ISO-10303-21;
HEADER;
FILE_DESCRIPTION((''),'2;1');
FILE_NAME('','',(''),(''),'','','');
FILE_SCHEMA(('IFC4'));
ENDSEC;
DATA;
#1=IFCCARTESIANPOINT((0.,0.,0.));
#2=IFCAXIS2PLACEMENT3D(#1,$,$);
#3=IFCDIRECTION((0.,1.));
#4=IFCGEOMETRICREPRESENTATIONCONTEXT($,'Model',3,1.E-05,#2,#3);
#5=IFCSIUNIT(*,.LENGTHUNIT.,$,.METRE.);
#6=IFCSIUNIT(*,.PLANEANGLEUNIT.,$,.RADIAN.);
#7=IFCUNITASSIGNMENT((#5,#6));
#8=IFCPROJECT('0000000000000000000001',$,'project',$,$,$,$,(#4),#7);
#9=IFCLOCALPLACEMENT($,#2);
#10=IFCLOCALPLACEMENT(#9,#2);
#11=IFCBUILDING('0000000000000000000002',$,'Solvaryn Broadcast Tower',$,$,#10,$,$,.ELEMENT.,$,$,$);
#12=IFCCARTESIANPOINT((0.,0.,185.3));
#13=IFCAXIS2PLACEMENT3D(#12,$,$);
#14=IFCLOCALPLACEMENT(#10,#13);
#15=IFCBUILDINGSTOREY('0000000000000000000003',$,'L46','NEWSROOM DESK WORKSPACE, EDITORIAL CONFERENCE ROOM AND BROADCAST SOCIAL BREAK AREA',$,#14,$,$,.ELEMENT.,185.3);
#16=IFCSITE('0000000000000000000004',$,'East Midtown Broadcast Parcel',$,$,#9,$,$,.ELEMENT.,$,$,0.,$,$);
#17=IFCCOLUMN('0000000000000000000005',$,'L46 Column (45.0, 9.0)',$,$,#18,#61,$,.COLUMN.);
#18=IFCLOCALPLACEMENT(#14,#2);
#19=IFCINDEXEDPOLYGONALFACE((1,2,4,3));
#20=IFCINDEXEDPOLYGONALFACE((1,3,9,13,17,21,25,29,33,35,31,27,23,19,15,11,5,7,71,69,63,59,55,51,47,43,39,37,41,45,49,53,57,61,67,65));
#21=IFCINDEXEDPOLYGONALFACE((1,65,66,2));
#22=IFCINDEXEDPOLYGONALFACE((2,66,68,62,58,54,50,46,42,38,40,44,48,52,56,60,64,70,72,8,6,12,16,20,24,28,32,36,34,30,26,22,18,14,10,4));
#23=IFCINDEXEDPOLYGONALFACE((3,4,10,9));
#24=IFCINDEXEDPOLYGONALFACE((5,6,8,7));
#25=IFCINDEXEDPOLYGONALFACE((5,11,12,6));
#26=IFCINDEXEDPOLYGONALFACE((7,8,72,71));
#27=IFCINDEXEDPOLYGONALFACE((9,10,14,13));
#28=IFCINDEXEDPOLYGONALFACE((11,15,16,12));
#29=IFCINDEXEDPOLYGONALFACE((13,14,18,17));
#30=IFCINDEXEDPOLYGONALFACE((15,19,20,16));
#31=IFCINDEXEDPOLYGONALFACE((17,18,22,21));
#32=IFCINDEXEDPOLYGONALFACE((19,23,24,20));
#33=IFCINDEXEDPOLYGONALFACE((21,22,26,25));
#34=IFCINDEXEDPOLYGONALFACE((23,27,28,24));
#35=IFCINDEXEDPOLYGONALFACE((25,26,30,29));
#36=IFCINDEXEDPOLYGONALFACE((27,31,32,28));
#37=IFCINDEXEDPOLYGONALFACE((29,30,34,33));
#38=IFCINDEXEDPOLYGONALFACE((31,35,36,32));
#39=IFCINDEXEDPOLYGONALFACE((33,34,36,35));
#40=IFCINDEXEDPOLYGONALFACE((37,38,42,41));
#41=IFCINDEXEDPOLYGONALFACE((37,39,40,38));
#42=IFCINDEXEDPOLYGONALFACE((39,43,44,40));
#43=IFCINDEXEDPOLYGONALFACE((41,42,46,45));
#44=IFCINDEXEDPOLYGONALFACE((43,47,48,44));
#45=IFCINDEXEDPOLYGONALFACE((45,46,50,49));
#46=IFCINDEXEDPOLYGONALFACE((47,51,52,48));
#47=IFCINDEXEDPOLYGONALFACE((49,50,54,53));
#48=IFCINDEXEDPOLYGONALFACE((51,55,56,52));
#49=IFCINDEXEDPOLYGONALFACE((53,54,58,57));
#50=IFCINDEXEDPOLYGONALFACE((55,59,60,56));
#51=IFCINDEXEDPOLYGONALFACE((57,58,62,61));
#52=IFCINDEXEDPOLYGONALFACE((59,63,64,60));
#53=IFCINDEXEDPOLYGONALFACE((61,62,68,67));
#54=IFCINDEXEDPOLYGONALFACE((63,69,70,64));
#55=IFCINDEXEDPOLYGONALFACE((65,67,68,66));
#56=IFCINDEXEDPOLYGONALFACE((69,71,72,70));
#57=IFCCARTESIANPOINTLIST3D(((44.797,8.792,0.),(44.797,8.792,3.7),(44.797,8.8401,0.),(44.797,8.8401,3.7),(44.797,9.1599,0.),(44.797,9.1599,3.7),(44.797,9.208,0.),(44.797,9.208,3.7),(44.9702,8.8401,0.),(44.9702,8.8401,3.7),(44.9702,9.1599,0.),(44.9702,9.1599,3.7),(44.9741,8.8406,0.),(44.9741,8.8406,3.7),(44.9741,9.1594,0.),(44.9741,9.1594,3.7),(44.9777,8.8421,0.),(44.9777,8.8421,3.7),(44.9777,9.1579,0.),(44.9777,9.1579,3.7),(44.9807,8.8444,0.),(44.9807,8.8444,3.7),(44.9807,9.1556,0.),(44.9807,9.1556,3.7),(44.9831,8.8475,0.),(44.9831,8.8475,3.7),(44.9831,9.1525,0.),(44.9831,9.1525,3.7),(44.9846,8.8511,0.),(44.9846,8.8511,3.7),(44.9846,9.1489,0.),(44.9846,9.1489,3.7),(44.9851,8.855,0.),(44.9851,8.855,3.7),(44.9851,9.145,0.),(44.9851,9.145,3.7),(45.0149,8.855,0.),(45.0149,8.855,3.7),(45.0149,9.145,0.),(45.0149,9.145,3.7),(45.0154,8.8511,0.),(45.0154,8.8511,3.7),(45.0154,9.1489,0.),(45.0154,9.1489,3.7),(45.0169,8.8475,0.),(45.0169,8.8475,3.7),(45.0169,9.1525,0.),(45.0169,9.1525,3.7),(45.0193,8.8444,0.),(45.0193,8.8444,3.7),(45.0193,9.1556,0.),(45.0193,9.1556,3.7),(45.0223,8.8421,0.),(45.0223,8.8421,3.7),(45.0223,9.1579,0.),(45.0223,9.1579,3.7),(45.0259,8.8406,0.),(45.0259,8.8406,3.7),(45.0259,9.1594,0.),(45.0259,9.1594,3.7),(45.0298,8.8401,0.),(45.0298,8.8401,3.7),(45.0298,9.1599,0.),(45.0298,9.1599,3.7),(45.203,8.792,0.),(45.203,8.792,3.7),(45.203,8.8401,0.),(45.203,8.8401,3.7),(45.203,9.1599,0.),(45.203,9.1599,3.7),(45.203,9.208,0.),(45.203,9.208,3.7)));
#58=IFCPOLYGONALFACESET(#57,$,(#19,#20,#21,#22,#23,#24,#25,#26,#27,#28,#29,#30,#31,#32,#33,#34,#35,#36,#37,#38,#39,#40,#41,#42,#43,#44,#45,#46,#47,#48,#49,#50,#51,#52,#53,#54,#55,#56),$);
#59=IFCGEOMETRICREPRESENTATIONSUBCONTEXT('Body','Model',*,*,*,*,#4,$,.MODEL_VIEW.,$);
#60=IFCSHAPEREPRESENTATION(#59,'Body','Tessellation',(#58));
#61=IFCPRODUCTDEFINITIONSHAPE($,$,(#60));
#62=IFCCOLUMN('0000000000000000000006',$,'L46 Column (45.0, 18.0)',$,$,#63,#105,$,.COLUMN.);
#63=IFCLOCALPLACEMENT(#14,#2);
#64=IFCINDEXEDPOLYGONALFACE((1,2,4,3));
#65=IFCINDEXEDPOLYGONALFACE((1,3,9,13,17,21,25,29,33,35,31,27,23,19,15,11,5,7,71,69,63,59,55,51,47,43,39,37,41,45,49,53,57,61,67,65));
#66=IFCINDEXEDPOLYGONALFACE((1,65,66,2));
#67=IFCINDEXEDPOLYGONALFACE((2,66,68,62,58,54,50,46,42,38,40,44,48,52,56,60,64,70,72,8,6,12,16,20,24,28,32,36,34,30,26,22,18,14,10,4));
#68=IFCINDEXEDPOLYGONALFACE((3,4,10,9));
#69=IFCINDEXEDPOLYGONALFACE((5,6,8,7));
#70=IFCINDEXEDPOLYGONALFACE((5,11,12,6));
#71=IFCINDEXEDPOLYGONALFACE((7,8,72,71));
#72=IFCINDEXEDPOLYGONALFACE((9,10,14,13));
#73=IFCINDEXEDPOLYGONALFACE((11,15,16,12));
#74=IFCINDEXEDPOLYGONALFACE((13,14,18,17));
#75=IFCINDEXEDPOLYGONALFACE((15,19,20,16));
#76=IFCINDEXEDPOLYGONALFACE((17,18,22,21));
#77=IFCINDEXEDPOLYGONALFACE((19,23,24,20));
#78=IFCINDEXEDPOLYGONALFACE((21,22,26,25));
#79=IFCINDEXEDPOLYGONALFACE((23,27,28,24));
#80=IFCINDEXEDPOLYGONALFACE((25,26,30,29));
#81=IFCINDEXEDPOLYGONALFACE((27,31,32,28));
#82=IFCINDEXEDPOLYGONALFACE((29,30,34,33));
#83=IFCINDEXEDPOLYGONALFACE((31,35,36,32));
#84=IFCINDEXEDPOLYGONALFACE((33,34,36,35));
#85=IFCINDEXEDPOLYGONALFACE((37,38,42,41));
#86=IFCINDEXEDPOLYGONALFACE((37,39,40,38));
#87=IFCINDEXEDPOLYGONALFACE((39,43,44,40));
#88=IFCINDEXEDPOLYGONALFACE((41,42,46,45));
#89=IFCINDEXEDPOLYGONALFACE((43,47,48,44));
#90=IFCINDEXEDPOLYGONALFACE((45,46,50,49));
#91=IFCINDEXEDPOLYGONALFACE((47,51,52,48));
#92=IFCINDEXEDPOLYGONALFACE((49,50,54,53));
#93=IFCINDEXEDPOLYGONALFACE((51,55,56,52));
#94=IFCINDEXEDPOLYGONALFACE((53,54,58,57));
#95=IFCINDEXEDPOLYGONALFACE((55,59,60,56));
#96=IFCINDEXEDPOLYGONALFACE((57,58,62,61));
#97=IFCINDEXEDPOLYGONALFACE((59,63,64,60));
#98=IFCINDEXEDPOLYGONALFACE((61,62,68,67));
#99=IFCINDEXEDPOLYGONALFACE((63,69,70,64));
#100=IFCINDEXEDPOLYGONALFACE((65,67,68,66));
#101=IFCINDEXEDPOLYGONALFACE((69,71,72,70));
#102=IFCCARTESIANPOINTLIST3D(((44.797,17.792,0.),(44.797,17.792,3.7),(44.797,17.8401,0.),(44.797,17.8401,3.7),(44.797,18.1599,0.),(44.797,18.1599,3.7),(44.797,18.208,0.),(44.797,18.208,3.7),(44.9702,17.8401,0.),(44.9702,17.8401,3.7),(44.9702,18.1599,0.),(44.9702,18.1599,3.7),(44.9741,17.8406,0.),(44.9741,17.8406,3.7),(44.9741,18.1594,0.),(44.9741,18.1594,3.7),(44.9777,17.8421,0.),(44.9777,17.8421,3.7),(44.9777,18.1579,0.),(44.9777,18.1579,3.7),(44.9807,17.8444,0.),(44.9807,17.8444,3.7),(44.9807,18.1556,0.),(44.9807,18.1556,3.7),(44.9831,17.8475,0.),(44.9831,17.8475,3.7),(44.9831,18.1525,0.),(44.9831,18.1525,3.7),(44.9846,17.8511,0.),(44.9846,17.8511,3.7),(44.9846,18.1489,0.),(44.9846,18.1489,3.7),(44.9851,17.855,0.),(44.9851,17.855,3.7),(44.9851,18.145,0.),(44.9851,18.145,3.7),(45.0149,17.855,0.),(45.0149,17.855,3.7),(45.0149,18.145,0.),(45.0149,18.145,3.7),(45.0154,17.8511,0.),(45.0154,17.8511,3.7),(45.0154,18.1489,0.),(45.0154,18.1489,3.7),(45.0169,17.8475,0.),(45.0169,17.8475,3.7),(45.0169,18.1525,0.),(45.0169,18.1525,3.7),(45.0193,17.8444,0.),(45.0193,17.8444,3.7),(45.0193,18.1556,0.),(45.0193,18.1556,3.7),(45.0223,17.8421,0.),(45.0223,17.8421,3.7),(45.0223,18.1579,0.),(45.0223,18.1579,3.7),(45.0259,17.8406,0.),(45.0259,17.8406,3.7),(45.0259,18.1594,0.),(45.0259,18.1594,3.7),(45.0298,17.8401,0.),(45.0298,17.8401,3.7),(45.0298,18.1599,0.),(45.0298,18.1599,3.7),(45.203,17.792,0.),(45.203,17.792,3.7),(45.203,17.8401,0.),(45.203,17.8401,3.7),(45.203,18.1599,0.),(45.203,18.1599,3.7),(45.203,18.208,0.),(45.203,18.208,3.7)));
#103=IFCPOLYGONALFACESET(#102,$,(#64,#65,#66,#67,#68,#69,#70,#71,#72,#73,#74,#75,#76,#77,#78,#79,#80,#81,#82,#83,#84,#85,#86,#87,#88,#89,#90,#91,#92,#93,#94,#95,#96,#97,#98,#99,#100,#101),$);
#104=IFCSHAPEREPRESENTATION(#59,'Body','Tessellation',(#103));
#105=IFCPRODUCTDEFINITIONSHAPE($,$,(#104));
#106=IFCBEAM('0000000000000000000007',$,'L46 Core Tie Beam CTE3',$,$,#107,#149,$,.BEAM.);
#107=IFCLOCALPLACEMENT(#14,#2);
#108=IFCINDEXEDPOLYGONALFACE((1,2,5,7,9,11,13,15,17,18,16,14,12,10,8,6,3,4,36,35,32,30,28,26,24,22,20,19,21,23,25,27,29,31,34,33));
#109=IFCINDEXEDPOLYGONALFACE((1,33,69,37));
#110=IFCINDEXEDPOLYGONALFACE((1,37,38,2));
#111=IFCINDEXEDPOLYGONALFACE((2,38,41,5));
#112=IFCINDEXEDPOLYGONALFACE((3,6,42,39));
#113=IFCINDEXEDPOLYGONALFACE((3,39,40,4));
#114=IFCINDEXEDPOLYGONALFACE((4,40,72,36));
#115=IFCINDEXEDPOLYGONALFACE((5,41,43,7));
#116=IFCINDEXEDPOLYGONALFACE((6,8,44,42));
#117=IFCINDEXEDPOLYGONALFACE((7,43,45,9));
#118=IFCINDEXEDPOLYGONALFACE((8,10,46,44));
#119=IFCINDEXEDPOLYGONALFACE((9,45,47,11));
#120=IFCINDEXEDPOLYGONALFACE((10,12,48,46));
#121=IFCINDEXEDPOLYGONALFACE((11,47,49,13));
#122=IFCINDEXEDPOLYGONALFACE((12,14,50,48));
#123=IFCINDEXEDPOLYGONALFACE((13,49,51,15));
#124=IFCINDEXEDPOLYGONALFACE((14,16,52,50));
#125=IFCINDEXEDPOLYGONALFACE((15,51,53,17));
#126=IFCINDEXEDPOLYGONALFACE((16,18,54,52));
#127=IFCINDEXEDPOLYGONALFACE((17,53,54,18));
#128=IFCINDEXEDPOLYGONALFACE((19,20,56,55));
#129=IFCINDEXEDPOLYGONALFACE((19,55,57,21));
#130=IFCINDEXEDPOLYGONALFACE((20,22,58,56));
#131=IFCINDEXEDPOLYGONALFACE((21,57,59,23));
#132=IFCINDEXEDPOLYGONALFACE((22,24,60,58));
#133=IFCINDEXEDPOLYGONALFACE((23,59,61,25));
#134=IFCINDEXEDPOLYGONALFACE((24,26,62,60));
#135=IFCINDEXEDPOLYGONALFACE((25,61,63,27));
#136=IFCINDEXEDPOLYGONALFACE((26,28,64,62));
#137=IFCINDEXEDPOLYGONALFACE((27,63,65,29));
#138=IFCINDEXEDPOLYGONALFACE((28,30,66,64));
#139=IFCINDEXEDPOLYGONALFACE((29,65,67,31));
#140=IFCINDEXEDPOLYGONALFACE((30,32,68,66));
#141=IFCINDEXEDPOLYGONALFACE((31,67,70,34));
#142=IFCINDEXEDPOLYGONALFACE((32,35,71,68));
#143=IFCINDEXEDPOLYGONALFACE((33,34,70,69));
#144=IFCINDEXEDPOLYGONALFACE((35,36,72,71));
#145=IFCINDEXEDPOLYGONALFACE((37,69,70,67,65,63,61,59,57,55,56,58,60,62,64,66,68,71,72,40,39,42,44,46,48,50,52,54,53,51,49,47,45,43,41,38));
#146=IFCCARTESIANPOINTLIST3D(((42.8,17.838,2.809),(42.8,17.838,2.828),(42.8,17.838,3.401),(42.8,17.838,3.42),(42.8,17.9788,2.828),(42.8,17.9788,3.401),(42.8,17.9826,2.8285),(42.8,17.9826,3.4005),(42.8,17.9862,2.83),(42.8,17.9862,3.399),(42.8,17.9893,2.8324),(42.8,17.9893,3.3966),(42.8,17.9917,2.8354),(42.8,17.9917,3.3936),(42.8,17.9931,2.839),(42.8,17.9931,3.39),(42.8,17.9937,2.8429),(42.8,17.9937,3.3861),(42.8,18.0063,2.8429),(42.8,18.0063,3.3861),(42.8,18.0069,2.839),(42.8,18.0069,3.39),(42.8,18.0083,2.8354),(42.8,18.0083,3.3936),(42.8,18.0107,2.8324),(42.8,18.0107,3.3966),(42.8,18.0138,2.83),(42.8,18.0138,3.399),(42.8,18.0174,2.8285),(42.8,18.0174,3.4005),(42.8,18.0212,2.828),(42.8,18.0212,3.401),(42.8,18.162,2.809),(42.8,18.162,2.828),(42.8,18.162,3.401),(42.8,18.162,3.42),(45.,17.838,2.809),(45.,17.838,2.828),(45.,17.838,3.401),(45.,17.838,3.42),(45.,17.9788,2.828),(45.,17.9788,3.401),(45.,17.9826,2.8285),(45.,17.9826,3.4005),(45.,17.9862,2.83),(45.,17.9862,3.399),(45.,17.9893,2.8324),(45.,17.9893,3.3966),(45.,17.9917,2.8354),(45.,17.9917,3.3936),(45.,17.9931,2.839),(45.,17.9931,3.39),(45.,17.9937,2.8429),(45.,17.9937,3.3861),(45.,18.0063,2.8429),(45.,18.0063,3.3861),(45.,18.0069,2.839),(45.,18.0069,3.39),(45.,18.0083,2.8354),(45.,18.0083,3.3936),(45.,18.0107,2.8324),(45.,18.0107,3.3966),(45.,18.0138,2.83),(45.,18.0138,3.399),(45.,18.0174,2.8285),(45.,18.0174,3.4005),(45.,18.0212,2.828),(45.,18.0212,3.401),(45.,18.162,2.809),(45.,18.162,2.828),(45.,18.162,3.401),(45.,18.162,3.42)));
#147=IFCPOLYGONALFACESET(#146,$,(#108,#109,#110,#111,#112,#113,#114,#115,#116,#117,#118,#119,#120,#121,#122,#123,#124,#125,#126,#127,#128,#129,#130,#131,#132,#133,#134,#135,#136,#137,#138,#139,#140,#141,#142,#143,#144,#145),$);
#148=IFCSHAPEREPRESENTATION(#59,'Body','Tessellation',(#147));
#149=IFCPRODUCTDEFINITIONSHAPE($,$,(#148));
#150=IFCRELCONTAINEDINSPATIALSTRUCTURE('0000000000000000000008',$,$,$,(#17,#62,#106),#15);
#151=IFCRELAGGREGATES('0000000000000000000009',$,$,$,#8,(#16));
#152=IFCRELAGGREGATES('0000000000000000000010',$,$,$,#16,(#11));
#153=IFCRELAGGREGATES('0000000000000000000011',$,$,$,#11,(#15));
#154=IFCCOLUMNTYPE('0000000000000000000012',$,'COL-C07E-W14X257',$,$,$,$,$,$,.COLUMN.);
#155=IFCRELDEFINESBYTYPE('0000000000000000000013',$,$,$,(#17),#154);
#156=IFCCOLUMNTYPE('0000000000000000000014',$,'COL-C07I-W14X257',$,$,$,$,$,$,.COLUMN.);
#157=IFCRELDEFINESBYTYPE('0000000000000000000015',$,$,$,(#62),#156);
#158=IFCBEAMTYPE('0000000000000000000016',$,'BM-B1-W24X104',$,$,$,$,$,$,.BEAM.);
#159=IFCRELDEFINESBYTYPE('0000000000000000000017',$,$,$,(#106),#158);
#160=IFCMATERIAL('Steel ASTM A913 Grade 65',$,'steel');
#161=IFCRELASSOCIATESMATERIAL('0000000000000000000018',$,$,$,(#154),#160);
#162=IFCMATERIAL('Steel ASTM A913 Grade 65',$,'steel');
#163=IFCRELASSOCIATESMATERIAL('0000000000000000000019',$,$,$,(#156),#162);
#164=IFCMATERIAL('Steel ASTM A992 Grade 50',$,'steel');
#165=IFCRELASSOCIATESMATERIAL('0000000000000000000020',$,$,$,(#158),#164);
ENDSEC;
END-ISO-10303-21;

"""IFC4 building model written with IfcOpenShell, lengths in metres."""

from ifc_helpers import new_model, si_unit, direction, frame, origin, origin_2d, place, context, subcontext, project, spatial, i_section, extrude, material, material_profile, profile_set, type_object, element, save


model = new_model("IFC4")

# Units and contexts
model_context = context("Model", 3, precision=1e-05, world=origin(), true_north=direction((0.0, 1.0)))
body_context = subcontext(model_context, "Body", "Model", "MODEL_VIEW")
ifc_project = project(units=[si_unit("LENGTHUNIT", "METRE"), si_unit("PLANEANGLEUNIT", "RADIAN")], contexts=[model_context])

# Site, building, storey
site_placement = place(None, origin())
site = spatial("IfcSite", under=ifc_project, at=site_placement, Name="East Midtown Broadcast Parcel", CompositionType="ELEMENT", RefElevation=0.0)
building_placement = place(site_placement, origin())
building = spatial("IfcBuilding", under=site, at=building_placement, Name="Solvaryn Broadcast Tower", CompositionType="ELEMENT")
storey_placement = place(building_placement, frame((0.0, 0.0, 185.3)))
storey = spatial("IfcBuildingStorey", under=building, at=storey_placement, Name="L46", Description="NEWSROOM DESK WORKSPACE, EDITORIAL CONFERENCE ROOM AND BROADCAST SOCIAL BREAK AREA", CompositionType="ELEMENT", Elevation=185.3)

# Columns
ifc_material_1 = material(Name="Steel ASTM A913 Grade 65", Category="steel")
ifc_material_profile_1 = material_profile(ifc_material_1, i_section(OverallWidth=0.406, OverallDepth=0.416, WebThickness=0.0298, FlangeThickness=0.0481, FilletRadius=0.0149, at=origin_2d()))
ifc_profile_set_1 = profile_set([ifc_material_profile_1], Name="Steel ASTM A913 Grade 65")
column_type_1 = type_object("IfcColumnType", Name="COL-C07E-W14X257", PredefinedType="COLUMN", material=ifc_profile_set_1)
column_1_placement = place(storey_placement, frame((45.0, 9.0, 0.0), z_axis=(0.0, 0.0, 1.0), x_axis=(1.0, 0.0, 0.0)))
element("IfcColumn", 1, at=column_1_placement, inside=storey, type_object=column_type_1, Name="L46 Column (45.0, 9.0)", PredefinedType="COLUMN", context=body_context, shape_type="SweptSolid", body=[
    extrude(i_section(OverallWidth=0.406, OverallDepth=0.416, WebThickness=0.0298, FlangeThickness=0.0481, FilletRadius=0.0149, at=origin_2d()), origin(), (0.0, 0.0, 1.0), 3.7),
])
ifc_material_2 = material(Name="Steel ASTM A913 Grade 65", Category="steel")
ifc_material_profile_2 = material_profile(ifc_material_2, i_section(OverallWidth=0.406, OverallDepth=0.416, WebThickness=0.0298, FlangeThickness=0.0481, FilletRadius=0.0149, at=origin_2d()))
ifc_profile_set_2 = profile_set([ifc_material_profile_2], Name="Steel ASTM A913 Grade 65")
column_type_2 = type_object("IfcColumnType", Name="COL-C07I-W14X257", PredefinedType="COLUMN", material=ifc_profile_set_2)
column_2_placement = place(storey_placement, frame((45.0, 18.0, 0.0), z_axis=(0.0, 0.0, 1.0), x_axis=(1.0, 0.0, 0.0)))
element("IfcColumn", 2, at=column_2_placement, inside=storey, type_object=column_type_2, Name="L46 Column (45.0, 18.0)", PredefinedType="COLUMN", context=body_context, shape_type="SweptSolid", body=[
    extrude(i_section(OverallWidth=0.406, OverallDepth=0.416, WebThickness=0.0298, FlangeThickness=0.0481, FilletRadius=0.0149, at=origin_2d()), origin(), (0.0, 0.0, 1.0), 3.7),
])

# Beam
ifc_material_3 = material(Name="Steel ASTM A992 Grade 50", Category="steel")
ifc_material_profile_3 = material_profile(ifc_material_3, i_section(OverallWidth=0.324, OverallDepth=0.6111, WebThickness=0.0127, FlangeThickness=0.019, FilletRadius=0.0149, at=origin_2d()))
ifc_profile_set_3 = profile_set([ifc_material_profile_3], Name="Steel ASTM A992 Grade 50")
beam_type = type_object("IfcBeamType", Name="BM-B1-W24X104", PredefinedType="BEAM", material=ifc_profile_set_3)
beam_placement = place(storey_placement, frame((42.8, 18.0, 3.1145), z_axis=(1.0, 0.0, 0.0), x_axis=(0.0, 1.0, 0.0)))
element("IfcBeam", 3, at=beam_placement, inside=storey, type_object=beam_type, Name="L46 Core Tie Beam CTE3", PredefinedType="BEAM", context=body_context, shape_type="SweptSolid", body=[
    extrude(i_section(OverallWidth=0.324, OverallDepth=0.6111, WebThickness=0.0127, FlangeThickness=0.019, FilletRadius=0.0149, at=origin_2d()), origin(), (0.0, 0.0, 1.0), 2.2),
])

save(model, "model.ifc")
